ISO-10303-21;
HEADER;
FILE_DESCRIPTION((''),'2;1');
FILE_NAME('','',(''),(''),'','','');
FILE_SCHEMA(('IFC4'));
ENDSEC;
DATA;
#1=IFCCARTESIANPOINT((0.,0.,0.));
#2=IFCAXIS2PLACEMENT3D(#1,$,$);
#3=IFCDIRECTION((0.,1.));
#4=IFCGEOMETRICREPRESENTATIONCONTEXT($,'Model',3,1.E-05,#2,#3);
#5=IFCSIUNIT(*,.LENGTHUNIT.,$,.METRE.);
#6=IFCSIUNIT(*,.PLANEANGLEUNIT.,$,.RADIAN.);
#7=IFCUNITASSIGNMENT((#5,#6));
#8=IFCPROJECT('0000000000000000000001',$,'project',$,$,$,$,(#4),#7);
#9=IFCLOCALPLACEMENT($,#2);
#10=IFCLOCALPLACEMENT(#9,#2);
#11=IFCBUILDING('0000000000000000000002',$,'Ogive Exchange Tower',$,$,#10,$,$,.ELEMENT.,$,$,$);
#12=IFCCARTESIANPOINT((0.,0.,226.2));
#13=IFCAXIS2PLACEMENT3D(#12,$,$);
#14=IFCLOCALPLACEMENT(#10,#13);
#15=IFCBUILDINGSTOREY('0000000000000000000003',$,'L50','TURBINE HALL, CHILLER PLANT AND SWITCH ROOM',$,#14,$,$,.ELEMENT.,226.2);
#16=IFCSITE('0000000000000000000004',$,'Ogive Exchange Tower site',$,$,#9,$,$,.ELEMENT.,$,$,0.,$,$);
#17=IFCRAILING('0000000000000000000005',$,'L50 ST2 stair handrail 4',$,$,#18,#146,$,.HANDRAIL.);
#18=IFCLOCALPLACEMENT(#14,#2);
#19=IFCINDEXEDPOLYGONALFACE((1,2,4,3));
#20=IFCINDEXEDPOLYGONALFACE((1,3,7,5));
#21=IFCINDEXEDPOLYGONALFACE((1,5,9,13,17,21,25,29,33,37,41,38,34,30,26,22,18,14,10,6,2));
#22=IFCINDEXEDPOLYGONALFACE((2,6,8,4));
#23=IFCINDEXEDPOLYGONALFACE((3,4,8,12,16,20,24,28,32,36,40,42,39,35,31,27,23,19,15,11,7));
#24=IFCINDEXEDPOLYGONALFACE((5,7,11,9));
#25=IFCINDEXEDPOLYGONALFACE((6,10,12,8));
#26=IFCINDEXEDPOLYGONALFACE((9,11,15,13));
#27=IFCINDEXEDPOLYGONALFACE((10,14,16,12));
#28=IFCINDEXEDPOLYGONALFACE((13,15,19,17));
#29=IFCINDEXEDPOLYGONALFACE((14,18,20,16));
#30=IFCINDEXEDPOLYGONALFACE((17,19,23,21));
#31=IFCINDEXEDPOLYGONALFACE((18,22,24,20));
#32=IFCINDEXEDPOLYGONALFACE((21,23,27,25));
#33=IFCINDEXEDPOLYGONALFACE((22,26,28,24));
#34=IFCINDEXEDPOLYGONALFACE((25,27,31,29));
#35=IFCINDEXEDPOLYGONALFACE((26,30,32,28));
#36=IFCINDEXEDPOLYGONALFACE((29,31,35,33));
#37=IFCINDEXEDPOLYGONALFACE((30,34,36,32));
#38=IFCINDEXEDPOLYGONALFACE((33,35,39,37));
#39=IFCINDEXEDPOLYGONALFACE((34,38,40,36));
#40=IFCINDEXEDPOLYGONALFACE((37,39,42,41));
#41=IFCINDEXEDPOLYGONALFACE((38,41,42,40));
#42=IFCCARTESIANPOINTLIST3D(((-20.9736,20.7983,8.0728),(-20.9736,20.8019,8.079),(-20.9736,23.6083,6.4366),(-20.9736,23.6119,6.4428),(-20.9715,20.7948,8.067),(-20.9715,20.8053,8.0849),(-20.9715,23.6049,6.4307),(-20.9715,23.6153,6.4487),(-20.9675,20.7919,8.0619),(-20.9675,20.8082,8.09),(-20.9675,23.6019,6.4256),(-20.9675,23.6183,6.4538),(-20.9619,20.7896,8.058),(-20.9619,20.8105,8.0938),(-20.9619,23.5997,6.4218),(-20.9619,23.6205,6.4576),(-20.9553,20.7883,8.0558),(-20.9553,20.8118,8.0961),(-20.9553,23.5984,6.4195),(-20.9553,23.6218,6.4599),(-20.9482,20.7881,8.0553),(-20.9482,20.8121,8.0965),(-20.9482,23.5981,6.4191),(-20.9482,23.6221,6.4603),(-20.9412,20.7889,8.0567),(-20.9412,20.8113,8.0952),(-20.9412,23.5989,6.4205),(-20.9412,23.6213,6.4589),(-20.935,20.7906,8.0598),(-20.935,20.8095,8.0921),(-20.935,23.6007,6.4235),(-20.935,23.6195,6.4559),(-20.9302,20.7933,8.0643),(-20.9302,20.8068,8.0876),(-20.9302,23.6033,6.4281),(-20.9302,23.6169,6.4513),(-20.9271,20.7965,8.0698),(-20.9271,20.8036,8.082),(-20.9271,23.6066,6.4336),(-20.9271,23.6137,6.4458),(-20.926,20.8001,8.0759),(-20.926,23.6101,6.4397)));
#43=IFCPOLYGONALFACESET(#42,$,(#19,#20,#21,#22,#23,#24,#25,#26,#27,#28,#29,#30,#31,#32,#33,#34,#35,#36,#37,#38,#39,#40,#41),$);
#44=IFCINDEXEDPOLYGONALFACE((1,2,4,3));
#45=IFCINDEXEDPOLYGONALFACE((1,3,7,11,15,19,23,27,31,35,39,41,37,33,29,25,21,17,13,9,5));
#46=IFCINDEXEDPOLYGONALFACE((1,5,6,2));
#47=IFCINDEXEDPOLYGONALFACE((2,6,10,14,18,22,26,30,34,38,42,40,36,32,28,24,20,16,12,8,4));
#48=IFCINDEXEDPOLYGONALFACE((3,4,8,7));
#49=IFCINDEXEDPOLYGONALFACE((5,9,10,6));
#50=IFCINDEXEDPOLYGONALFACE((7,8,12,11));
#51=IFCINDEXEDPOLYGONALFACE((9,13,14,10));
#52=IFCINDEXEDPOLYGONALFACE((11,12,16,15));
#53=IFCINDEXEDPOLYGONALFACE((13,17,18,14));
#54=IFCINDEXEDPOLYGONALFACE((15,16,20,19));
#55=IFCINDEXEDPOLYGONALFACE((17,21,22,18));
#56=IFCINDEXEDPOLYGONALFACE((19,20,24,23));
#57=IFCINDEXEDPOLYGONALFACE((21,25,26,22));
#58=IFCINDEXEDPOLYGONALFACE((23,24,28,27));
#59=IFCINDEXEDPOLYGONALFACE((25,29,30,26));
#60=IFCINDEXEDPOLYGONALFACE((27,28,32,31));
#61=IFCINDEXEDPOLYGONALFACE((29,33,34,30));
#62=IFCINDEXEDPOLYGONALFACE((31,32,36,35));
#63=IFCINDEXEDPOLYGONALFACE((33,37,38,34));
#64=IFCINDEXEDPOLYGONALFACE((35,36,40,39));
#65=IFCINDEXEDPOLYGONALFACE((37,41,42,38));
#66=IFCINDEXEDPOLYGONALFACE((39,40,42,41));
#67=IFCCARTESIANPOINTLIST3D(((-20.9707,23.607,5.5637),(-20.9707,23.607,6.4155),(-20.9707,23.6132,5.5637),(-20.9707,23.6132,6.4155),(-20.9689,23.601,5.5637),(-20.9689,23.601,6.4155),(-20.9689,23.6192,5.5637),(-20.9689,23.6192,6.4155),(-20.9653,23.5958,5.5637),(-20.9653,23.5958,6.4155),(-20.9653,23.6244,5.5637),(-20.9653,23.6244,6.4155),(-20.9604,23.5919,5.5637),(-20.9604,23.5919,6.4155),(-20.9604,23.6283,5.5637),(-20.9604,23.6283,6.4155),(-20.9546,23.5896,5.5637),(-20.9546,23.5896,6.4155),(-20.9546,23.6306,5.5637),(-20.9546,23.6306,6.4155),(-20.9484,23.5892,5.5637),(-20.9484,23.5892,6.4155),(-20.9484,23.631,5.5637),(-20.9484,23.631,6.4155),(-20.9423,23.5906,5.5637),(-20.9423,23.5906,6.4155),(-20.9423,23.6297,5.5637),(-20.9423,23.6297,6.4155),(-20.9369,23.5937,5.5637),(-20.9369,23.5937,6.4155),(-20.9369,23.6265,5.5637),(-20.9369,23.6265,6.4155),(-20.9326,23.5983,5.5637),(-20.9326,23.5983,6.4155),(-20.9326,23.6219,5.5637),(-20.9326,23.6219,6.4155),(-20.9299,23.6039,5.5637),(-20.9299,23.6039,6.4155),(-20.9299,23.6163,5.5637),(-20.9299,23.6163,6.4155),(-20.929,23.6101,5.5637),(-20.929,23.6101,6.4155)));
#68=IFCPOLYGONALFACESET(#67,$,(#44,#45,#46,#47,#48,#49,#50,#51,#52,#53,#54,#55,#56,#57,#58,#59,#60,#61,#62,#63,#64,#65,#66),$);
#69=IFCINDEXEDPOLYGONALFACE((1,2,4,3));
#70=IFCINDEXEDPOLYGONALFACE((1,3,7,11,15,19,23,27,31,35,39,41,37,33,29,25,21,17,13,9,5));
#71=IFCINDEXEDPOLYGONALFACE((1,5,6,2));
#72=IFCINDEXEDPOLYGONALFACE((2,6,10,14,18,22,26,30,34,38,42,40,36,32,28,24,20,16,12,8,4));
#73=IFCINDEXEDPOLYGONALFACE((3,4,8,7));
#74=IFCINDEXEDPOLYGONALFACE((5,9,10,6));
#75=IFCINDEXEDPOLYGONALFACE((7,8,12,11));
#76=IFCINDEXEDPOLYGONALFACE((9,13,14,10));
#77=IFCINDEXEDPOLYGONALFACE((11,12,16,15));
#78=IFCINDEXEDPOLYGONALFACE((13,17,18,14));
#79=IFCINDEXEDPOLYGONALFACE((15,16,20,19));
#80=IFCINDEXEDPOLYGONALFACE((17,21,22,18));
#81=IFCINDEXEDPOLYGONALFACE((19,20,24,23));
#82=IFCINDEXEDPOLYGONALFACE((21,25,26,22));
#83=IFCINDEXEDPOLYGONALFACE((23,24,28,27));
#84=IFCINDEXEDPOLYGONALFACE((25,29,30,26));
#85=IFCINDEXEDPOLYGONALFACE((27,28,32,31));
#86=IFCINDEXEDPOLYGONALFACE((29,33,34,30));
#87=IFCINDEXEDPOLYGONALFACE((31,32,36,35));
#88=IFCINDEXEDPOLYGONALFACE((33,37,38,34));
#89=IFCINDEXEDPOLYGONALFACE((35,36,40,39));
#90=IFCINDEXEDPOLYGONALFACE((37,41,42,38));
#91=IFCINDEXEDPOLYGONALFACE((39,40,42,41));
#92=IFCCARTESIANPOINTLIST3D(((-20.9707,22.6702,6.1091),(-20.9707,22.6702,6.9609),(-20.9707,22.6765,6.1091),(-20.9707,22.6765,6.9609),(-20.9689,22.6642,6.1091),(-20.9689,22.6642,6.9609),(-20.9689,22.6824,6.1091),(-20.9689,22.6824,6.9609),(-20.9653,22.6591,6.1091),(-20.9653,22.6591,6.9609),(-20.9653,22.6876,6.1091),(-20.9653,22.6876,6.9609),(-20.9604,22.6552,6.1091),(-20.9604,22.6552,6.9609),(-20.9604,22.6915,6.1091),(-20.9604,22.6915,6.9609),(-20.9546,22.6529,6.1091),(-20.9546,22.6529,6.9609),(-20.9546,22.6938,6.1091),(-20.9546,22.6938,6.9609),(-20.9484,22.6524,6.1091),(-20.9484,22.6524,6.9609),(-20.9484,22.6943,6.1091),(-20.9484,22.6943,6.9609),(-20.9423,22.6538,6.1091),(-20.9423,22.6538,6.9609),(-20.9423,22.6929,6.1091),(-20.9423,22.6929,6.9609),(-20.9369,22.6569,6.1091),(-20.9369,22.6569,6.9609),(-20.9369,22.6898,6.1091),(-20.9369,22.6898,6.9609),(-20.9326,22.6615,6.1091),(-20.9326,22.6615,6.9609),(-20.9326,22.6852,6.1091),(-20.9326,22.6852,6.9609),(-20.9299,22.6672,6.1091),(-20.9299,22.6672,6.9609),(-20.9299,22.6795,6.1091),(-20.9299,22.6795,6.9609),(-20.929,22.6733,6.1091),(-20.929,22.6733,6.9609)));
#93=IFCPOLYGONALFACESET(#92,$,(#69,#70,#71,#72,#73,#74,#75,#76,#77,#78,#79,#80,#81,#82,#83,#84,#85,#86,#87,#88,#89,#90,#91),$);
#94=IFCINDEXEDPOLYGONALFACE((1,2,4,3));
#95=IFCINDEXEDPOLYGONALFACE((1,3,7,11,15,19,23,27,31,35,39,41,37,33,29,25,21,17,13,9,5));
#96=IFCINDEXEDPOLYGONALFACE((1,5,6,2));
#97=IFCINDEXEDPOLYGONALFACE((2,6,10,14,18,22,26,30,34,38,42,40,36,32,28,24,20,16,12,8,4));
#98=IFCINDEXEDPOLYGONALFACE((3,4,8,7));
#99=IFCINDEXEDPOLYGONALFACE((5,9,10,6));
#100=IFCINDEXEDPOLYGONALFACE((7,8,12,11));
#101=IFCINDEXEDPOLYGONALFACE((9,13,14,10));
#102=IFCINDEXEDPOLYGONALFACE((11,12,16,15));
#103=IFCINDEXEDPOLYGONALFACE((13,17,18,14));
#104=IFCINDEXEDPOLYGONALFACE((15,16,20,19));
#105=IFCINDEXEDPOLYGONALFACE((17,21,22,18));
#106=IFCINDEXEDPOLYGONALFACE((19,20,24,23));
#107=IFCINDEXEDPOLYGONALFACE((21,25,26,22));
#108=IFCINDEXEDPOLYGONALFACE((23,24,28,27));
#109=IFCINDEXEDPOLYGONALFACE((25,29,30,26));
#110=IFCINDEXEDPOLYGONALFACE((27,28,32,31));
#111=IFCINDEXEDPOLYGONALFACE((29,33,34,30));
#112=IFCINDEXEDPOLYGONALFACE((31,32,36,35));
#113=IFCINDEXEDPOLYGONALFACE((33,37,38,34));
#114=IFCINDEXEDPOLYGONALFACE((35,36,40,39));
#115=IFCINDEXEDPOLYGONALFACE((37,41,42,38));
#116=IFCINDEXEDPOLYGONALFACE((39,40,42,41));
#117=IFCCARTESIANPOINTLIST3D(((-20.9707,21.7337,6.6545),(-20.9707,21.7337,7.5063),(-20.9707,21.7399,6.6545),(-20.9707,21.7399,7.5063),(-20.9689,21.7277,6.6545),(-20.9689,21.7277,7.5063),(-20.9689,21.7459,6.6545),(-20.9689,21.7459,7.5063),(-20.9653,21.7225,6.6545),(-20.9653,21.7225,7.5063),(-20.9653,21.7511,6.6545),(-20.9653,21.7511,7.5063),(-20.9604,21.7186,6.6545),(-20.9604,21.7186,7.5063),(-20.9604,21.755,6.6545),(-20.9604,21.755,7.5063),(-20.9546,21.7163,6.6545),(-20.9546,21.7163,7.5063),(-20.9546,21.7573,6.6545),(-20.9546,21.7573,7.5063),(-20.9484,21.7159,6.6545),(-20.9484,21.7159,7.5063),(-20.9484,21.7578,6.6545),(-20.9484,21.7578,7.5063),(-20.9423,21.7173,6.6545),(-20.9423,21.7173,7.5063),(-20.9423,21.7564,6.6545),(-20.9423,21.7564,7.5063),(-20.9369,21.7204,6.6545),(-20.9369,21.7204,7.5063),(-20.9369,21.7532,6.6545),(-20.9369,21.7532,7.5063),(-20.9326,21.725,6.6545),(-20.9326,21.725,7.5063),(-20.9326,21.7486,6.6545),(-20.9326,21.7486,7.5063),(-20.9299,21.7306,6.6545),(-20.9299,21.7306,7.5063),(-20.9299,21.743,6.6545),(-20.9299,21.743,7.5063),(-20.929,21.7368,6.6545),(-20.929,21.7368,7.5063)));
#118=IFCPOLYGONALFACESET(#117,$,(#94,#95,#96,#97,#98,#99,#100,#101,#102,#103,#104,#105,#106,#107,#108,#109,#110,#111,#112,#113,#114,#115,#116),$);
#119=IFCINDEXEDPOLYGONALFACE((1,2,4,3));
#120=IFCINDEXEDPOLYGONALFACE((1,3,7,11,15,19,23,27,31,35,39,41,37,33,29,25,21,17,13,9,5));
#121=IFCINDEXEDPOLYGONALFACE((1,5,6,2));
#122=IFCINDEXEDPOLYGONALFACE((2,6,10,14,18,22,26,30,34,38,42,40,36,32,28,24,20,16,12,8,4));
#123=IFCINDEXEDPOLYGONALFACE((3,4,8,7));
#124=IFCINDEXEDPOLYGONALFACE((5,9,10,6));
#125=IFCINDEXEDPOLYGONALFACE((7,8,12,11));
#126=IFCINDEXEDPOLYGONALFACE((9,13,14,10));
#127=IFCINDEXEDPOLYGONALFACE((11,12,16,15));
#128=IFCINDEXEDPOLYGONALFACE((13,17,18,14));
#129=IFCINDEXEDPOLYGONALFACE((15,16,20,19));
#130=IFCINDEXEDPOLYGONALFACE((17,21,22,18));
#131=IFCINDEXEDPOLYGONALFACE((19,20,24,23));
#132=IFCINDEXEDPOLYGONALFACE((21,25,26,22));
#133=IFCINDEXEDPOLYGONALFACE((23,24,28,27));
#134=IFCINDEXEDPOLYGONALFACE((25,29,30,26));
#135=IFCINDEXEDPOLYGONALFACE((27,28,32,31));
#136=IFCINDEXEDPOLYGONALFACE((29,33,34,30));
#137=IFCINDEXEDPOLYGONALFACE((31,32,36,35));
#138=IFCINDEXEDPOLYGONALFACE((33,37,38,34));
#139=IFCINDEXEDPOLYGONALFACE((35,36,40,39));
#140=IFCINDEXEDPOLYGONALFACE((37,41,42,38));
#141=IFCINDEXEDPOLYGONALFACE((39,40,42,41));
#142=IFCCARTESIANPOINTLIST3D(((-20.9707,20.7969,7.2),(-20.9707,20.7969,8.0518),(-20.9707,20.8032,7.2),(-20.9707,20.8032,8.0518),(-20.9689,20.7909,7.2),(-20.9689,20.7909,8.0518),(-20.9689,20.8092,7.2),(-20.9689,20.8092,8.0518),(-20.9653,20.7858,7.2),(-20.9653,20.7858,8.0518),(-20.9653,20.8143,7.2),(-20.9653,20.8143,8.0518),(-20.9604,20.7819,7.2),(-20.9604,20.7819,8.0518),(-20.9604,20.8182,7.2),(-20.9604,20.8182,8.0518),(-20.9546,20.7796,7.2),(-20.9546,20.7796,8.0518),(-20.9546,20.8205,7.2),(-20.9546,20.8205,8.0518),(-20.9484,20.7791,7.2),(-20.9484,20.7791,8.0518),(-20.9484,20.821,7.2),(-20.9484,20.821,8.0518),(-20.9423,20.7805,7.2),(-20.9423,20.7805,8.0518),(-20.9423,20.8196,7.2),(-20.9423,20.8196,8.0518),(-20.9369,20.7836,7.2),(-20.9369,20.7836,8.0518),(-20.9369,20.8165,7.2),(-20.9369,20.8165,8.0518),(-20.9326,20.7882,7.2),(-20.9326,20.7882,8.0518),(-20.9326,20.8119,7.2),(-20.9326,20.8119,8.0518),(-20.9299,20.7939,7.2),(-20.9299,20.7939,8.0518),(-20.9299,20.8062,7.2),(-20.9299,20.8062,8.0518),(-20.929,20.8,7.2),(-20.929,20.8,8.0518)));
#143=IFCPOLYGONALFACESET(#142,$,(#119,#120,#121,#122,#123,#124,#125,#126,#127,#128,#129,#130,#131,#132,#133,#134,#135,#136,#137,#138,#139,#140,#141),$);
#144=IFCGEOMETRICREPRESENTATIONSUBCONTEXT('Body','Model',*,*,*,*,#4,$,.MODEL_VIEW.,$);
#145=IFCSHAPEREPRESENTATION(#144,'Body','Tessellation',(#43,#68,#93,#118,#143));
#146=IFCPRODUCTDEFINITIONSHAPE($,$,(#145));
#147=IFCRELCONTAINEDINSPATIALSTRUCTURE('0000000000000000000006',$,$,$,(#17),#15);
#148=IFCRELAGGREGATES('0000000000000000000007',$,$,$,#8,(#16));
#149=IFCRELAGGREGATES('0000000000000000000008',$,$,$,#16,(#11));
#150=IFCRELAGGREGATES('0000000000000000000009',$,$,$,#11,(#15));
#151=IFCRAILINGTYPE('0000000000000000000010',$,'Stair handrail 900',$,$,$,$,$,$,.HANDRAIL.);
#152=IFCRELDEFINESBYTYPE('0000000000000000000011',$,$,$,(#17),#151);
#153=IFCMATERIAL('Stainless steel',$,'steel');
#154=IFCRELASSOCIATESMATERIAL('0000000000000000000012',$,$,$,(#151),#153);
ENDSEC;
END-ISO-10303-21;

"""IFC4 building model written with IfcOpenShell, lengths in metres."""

from ifc_helpers import new_model, si_unit, direction, frame, origin, origin_2d, place, context, subcontext, project, spatial, circle, extrude, material, type_object, element, save


model = new_model("IFC4")

# Units and contexts
model_context = context("Model", 3, precision=1e-05, world=origin(), true_north=direction((0.0, 1.0)))
body_context = subcontext(model_context, "Body", "Model", "MODEL_VIEW")
ifc_project = project(units=[si_unit("LENGTHUNIT", "METRE"), si_unit("PLANEANGLEUNIT", "RADIAN")], contexts=[model_context])

# Site, building, storey
site_placement = place(None, origin())
site = spatial("IfcSite", under=ifc_project, at=site_placement, Name="Ogive Exchange Tower site", CompositionType="ELEMENT", RefElevation=0.0)
building_placement = place(site_placement, origin())
building = spatial("IfcBuilding", under=site, at=building_placement, Name="Ogive Exchange Tower", CompositionType="ELEMENT")
storey_placement = place(building_placement, frame((0.0, 0.0, 226.2)))
storey = spatial("IfcBuildingStorey", under=building, at=storey_placement, Name="L50", Description="TURBINE HALL, CHILLER PLANT AND SWITCH ROOM", CompositionType="ELEMENT", Elevation=226.2)

# Railing
ifc_material_1 = material(Name="Stainless steel", Category="steel")
railing_type = type_object("IfcRailingType", Name="Stair handrail 900", PredefinedType="HANDRAIL", material=ifc_material_1)
railing_1_placement = place(storey_placement, frame((-20.95, 23.6101, 5.5637)))
element("IfcRailing", 1, at=railing_1_placement, inside=storey, type_object=railing_type, Name="L50 ST2 stair handrail 4", PredefinedType="HANDRAIL", context=body_context, shape_type="SweptSolid", body=[
    extrude(circle(Radius=0.0239, at=origin_2d()), frame((0.0, 0.0, 0.876), z_axis=(0.0, -0.864176, 0.503189), x_axis=(1.0, 0.0, 0.0)), (0.0, 0.0, 1.0), 3.2517),
    extrude(circle(Radius=0.021, at=origin_2d()), origin(), (0.0, 0.0, 1.0), 0.8518),
    extrude(circle(Radius=0.021, at=origin_2d()), frame((0.0, -0.9368, 0.5454)), (0.0, 0.0, 1.0), 0.8518),
    extrude(circle(Radius=0.021, at=origin_2d()), frame((0.0, -1.8733, 1.0908)), (0.0, 0.0, 1.0), 0.8518),
    extrude(circle(Radius=0.021, at=origin_2d()), frame((0.0, -2.8101, 1.6362)), (0.0, 0.0, 1.0), 0.8518),
])

save(model, "model.ifc")
